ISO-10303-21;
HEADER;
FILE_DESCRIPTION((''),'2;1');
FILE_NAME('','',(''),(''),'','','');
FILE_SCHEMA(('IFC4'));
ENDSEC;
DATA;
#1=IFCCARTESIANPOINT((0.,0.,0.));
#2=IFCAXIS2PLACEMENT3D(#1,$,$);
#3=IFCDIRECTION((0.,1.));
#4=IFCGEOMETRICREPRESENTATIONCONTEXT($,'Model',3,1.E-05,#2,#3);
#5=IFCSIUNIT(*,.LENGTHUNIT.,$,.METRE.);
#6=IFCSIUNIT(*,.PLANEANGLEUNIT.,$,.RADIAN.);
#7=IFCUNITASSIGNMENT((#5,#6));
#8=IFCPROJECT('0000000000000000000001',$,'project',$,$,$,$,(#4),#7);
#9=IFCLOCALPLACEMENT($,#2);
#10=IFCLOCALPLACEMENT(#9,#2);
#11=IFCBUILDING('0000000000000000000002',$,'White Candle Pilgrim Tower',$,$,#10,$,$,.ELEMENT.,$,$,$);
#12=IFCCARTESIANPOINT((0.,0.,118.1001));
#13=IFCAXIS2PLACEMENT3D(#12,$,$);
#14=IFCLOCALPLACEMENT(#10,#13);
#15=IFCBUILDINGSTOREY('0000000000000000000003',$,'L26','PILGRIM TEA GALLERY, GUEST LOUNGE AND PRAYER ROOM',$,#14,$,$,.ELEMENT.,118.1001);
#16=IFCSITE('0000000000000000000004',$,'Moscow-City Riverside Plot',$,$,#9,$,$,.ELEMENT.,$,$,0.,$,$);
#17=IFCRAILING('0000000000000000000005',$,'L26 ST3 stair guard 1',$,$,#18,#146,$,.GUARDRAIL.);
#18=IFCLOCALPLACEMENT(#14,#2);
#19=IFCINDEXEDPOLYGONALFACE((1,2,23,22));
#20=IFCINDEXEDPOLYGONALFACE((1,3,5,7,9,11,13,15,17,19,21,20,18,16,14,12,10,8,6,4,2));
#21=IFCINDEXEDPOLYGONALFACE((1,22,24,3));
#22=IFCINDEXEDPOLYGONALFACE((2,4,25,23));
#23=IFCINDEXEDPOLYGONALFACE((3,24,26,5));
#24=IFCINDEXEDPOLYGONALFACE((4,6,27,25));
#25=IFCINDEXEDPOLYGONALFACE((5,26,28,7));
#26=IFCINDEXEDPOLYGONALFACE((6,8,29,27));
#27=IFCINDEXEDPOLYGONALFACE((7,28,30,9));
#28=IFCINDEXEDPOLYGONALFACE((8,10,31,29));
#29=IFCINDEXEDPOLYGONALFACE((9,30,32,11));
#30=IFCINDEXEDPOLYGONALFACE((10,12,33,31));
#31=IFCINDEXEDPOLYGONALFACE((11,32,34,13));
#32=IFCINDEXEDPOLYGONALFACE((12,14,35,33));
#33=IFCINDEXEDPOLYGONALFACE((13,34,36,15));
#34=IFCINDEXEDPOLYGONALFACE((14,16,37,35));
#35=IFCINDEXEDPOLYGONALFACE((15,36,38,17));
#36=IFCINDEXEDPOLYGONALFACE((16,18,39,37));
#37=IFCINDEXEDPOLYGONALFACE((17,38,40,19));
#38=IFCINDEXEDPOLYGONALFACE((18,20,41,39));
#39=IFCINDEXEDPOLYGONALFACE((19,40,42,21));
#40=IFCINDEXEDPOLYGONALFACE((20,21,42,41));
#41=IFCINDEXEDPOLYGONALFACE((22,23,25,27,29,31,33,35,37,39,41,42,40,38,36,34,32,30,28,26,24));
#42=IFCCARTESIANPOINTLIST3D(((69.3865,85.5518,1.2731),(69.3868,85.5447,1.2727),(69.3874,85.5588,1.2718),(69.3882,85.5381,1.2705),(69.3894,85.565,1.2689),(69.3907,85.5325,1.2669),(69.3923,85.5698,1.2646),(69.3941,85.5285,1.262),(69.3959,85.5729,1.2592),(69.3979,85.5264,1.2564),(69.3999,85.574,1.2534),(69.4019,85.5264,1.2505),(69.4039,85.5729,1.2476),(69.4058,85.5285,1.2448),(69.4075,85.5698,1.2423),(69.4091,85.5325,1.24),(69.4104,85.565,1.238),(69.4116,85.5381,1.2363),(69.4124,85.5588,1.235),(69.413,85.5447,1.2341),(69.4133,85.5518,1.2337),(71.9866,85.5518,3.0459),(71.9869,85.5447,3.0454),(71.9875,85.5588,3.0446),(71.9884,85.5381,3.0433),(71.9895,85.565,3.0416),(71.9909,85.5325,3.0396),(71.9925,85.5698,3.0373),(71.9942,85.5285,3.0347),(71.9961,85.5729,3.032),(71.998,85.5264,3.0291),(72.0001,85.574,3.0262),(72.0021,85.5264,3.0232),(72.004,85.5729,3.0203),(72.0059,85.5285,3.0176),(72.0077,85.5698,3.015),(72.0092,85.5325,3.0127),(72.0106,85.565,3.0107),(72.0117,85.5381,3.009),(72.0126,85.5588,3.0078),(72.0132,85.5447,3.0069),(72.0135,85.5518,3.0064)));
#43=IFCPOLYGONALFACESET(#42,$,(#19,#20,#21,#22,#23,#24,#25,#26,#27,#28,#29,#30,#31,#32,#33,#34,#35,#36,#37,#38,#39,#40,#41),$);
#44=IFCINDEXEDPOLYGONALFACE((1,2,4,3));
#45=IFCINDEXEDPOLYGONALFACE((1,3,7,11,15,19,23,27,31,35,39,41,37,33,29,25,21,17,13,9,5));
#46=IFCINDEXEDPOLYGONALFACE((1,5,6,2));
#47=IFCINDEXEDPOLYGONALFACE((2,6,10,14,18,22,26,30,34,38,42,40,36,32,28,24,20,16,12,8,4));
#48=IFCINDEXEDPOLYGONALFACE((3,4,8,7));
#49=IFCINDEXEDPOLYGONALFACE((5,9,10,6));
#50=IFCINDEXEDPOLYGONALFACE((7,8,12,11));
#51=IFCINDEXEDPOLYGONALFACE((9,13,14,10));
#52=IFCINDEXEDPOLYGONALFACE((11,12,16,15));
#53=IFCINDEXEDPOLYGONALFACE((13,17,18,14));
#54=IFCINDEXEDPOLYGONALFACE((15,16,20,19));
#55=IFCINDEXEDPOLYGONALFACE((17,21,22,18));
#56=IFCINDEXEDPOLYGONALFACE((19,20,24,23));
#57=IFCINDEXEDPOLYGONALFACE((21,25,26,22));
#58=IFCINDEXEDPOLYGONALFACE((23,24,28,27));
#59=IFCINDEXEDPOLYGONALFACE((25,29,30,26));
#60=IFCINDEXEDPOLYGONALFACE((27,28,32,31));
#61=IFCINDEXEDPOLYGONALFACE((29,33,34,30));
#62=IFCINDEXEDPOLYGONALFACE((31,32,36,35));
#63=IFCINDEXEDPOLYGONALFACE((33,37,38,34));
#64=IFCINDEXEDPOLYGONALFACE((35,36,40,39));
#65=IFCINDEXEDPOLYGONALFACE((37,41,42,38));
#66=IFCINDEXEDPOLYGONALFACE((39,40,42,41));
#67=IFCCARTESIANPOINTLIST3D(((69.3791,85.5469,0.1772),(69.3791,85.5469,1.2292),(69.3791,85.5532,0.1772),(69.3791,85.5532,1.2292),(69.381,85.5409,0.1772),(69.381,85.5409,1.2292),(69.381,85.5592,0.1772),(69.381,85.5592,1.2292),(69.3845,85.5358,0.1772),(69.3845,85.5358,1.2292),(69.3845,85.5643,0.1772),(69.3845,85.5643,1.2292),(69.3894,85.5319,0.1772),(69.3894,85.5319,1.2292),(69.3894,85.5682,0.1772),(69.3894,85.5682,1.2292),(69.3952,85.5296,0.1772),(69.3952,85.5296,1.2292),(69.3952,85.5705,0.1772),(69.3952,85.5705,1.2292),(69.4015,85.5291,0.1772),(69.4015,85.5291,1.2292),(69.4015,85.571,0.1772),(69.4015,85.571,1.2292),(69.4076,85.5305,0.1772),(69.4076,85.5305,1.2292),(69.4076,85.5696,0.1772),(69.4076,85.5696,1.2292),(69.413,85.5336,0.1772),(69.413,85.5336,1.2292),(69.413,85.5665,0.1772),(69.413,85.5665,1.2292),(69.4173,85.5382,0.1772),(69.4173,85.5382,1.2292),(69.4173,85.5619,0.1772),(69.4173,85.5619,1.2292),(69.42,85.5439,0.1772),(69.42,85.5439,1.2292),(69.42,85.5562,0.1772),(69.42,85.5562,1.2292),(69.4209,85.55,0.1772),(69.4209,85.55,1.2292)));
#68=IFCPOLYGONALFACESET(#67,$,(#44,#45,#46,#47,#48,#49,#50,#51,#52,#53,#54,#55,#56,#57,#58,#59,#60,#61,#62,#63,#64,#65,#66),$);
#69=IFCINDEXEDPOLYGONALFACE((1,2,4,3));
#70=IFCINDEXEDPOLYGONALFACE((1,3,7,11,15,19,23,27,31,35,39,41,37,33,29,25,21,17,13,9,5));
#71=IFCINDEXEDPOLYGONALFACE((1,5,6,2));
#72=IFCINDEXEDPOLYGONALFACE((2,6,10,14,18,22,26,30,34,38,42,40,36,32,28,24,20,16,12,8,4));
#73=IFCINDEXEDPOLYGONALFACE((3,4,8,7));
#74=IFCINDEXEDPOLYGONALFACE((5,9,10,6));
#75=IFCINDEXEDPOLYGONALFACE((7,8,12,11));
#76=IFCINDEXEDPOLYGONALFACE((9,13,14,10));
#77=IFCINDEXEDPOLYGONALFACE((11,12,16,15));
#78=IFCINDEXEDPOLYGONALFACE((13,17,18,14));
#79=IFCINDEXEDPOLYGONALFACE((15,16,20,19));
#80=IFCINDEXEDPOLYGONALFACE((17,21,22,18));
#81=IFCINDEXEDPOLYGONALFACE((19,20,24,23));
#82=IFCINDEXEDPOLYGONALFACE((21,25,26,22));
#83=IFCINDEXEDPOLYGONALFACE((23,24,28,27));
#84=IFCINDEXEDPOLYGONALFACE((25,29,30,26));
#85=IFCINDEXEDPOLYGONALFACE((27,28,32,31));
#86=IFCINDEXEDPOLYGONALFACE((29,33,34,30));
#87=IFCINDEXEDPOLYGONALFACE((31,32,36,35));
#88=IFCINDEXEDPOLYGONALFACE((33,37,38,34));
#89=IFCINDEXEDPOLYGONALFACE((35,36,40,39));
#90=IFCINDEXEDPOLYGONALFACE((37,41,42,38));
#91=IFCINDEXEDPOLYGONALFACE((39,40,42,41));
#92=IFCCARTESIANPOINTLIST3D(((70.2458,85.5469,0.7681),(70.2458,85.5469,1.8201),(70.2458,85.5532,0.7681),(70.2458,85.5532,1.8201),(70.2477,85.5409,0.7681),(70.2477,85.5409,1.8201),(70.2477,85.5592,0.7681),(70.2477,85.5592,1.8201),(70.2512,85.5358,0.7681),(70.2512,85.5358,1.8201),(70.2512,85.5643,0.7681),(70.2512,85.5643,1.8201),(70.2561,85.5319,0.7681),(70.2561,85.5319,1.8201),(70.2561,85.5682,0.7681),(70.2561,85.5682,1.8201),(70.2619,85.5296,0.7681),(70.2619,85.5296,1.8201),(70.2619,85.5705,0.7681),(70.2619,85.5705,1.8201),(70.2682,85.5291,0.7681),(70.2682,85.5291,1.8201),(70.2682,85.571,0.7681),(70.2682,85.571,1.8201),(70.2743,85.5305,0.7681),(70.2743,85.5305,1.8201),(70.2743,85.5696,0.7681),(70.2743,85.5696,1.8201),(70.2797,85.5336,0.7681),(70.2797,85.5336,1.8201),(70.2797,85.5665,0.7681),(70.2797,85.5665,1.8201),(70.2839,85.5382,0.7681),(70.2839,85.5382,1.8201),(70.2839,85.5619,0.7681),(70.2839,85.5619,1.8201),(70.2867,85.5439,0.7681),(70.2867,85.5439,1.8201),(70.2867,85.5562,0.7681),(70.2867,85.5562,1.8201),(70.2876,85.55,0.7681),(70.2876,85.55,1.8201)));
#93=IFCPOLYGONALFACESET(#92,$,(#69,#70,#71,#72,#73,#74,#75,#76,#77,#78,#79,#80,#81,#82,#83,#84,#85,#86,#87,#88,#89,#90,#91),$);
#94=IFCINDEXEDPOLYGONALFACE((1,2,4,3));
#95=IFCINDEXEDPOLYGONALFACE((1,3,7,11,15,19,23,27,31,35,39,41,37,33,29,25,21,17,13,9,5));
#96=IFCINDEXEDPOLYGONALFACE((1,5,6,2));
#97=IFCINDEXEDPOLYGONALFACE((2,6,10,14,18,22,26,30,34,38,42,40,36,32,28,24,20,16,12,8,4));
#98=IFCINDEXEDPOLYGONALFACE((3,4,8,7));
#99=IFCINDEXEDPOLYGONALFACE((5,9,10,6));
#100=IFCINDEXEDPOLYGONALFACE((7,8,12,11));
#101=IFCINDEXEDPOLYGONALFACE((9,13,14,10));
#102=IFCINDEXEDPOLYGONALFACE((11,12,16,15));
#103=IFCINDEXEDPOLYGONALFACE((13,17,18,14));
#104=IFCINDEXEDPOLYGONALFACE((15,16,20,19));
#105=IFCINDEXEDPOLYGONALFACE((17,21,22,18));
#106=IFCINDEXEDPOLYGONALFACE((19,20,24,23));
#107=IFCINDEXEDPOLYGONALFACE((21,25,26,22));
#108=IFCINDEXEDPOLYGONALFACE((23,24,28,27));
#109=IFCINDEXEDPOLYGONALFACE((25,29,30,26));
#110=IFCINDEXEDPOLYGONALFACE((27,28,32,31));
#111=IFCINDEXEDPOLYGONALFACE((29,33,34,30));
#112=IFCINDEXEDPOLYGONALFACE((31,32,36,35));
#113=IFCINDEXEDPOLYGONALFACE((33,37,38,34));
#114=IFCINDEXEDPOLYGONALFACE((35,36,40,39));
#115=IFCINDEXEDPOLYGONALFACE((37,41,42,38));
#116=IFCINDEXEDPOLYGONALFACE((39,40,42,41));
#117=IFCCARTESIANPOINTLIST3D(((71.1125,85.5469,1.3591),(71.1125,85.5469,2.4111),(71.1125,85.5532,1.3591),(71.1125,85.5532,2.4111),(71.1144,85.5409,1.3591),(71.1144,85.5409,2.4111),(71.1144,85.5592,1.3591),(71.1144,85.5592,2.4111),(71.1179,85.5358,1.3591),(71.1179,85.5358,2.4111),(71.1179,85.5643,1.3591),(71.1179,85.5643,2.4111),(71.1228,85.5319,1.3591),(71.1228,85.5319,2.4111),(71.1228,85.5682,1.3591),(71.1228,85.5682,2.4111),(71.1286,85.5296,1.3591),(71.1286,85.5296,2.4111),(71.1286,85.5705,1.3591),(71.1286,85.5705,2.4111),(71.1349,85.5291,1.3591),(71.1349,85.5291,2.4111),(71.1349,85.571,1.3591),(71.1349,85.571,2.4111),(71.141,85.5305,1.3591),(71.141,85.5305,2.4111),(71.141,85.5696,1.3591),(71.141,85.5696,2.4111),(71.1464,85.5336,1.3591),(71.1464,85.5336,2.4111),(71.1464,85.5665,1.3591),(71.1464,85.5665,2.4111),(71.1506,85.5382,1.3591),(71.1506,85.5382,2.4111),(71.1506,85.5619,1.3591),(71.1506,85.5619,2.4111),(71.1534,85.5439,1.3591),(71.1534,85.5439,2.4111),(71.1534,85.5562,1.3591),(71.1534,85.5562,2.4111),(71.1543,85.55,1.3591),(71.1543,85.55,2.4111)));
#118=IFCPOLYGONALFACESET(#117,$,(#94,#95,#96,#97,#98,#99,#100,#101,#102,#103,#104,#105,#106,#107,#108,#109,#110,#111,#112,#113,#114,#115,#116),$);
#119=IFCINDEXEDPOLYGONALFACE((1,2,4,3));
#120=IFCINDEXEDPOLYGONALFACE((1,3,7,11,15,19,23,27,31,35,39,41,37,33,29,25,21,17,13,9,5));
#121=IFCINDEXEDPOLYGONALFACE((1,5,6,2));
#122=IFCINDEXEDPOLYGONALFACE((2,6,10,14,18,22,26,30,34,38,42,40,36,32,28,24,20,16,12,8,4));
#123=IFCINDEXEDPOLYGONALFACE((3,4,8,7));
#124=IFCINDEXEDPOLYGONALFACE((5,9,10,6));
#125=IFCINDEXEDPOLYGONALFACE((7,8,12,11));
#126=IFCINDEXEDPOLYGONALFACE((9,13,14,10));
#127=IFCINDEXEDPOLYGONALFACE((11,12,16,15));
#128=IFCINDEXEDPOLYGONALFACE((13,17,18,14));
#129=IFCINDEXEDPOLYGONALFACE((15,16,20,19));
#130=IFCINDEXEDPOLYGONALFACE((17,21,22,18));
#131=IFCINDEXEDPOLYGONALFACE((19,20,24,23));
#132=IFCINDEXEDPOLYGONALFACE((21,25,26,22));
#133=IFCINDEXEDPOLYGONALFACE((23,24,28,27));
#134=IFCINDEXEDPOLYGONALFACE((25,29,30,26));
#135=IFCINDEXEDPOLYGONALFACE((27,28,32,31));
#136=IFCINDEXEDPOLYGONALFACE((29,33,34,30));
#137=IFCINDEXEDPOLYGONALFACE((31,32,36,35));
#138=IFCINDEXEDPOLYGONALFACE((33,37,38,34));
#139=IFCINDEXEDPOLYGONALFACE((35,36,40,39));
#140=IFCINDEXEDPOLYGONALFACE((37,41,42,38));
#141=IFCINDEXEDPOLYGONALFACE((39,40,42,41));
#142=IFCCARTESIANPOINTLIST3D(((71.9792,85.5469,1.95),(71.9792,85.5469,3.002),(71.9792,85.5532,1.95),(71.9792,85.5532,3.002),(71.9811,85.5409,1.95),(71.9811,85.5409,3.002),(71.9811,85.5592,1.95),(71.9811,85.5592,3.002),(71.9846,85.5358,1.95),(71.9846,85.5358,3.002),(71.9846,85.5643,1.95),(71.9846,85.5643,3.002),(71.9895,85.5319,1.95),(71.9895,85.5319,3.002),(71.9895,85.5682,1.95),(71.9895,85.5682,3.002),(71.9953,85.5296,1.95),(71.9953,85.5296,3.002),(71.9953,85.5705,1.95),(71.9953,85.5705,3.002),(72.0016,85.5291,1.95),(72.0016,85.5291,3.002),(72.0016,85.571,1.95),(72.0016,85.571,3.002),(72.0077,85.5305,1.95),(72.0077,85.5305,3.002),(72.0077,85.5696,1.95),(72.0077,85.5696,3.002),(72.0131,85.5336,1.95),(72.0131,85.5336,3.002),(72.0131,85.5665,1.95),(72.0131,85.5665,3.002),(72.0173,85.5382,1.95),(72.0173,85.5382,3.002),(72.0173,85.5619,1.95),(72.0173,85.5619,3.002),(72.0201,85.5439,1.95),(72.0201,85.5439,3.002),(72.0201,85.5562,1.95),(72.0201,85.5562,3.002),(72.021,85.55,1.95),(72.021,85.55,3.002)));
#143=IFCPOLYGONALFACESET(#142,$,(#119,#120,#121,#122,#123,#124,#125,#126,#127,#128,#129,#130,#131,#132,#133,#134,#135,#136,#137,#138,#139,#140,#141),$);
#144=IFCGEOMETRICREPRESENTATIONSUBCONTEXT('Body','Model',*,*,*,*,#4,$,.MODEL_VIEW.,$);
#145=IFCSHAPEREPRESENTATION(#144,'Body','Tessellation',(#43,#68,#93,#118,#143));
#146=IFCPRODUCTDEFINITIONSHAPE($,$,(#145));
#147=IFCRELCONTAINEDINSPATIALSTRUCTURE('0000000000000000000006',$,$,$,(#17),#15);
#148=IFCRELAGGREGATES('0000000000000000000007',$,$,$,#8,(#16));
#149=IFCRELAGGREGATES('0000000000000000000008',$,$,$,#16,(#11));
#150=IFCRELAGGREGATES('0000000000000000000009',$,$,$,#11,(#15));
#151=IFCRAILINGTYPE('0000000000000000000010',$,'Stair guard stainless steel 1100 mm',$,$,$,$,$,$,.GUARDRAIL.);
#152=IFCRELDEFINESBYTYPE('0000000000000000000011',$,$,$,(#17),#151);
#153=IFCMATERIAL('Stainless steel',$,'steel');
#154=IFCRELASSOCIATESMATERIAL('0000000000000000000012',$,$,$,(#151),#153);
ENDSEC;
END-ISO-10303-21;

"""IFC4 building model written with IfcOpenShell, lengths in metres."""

from ifc_helpers import new_model, si_unit, direction, frame, origin, origin_2d, place, context, subcontext, project, spatial, circle, extrude, material, type_object, element, save


model = new_model("IFC4")

# Units and contexts
model_context = context("Model", 3, precision=1e-05, world=origin(), true_north=direction((0.0, 1.0)))
body_context = subcontext(model_context, "Body", "Model", "MODEL_VIEW")
ifc_project = project(units=[si_unit("LENGTHUNIT", "METRE"), si_unit("PLANEANGLEUNIT", "RADIAN")], contexts=[model_context])

# Site, building, storey
site_placement = place(None, origin())
site = spatial("IfcSite", under=ifc_project, at=site_placement, Name="Moscow-City Riverside Plot", CompositionType="ELEMENT", RefElevation=0.0)
building_placement = place(site_placement, origin())
building = spatial("IfcBuilding", under=site, at=building_placement, Name="White Candle Pilgrim Tower", CompositionType="ELEMENT")
storey_placement = place(building_placement, frame((0.0, 0.0, 118.1001)))
storey = spatial("IfcBuildingStorey", under=building, at=storey_placement, Name="L26", Description="PILGRIM TEA GALLERY, GUEST LOUNGE AND PRAYER ROOM", CompositionType="ELEMENT", Elevation=118.1001)

# Railing
ifc_material_1 = material(Name="Stainless steel", Category="steel")
railing_type_1 = type_object("IfcRailingType", Name="Stair guard stainless steel 1100 mm", PredefinedType="GUARDRAIL", material=ifc_material_1)
railing_1_placement = place(storey_placement, frame((69.3999, 85.55, 0.1772)))
element("IfcRailing", 1, at=railing_1_placement, inside=storey, type_object=railing_type_1, Name="L26 ST3 stair guard 1", PredefinedType="GUARDRAIL", context=body_context, shape_type="SweptSolid", body=[
    extrude(circle(Radius=0.0239, at=origin_2d()), frame((0.0, 0.0, 1.0762), z_axis=(0.82624, 0.0, 0.563318), x_axis=(0.0, 1.0, 0.0)), (0.0, 0.0, 1.0), 3.147),
    extrude(circle(Radius=0.021, at=origin_2d()), origin(), (0.0, 0.0, 1.0), 1.052),
    extrude(circle(Radius=0.021, at=origin_2d()), frame((0.8667, 0.0, 0.5908)), (0.0, 0.0, 1.0), 1.052),
    extrude(circle(Radius=0.021, at=origin_2d()), frame((1.7334, 0.0, 1.1819)), (0.0, 0.0, 1.0), 1.052),
    extrude(circle(Radius=0.021, at=origin_2d()), frame((2.6001, 0.0, 1.7727)), (0.0, 0.0, 1.0), 1.052),
])

save(model, "model.ifc")
